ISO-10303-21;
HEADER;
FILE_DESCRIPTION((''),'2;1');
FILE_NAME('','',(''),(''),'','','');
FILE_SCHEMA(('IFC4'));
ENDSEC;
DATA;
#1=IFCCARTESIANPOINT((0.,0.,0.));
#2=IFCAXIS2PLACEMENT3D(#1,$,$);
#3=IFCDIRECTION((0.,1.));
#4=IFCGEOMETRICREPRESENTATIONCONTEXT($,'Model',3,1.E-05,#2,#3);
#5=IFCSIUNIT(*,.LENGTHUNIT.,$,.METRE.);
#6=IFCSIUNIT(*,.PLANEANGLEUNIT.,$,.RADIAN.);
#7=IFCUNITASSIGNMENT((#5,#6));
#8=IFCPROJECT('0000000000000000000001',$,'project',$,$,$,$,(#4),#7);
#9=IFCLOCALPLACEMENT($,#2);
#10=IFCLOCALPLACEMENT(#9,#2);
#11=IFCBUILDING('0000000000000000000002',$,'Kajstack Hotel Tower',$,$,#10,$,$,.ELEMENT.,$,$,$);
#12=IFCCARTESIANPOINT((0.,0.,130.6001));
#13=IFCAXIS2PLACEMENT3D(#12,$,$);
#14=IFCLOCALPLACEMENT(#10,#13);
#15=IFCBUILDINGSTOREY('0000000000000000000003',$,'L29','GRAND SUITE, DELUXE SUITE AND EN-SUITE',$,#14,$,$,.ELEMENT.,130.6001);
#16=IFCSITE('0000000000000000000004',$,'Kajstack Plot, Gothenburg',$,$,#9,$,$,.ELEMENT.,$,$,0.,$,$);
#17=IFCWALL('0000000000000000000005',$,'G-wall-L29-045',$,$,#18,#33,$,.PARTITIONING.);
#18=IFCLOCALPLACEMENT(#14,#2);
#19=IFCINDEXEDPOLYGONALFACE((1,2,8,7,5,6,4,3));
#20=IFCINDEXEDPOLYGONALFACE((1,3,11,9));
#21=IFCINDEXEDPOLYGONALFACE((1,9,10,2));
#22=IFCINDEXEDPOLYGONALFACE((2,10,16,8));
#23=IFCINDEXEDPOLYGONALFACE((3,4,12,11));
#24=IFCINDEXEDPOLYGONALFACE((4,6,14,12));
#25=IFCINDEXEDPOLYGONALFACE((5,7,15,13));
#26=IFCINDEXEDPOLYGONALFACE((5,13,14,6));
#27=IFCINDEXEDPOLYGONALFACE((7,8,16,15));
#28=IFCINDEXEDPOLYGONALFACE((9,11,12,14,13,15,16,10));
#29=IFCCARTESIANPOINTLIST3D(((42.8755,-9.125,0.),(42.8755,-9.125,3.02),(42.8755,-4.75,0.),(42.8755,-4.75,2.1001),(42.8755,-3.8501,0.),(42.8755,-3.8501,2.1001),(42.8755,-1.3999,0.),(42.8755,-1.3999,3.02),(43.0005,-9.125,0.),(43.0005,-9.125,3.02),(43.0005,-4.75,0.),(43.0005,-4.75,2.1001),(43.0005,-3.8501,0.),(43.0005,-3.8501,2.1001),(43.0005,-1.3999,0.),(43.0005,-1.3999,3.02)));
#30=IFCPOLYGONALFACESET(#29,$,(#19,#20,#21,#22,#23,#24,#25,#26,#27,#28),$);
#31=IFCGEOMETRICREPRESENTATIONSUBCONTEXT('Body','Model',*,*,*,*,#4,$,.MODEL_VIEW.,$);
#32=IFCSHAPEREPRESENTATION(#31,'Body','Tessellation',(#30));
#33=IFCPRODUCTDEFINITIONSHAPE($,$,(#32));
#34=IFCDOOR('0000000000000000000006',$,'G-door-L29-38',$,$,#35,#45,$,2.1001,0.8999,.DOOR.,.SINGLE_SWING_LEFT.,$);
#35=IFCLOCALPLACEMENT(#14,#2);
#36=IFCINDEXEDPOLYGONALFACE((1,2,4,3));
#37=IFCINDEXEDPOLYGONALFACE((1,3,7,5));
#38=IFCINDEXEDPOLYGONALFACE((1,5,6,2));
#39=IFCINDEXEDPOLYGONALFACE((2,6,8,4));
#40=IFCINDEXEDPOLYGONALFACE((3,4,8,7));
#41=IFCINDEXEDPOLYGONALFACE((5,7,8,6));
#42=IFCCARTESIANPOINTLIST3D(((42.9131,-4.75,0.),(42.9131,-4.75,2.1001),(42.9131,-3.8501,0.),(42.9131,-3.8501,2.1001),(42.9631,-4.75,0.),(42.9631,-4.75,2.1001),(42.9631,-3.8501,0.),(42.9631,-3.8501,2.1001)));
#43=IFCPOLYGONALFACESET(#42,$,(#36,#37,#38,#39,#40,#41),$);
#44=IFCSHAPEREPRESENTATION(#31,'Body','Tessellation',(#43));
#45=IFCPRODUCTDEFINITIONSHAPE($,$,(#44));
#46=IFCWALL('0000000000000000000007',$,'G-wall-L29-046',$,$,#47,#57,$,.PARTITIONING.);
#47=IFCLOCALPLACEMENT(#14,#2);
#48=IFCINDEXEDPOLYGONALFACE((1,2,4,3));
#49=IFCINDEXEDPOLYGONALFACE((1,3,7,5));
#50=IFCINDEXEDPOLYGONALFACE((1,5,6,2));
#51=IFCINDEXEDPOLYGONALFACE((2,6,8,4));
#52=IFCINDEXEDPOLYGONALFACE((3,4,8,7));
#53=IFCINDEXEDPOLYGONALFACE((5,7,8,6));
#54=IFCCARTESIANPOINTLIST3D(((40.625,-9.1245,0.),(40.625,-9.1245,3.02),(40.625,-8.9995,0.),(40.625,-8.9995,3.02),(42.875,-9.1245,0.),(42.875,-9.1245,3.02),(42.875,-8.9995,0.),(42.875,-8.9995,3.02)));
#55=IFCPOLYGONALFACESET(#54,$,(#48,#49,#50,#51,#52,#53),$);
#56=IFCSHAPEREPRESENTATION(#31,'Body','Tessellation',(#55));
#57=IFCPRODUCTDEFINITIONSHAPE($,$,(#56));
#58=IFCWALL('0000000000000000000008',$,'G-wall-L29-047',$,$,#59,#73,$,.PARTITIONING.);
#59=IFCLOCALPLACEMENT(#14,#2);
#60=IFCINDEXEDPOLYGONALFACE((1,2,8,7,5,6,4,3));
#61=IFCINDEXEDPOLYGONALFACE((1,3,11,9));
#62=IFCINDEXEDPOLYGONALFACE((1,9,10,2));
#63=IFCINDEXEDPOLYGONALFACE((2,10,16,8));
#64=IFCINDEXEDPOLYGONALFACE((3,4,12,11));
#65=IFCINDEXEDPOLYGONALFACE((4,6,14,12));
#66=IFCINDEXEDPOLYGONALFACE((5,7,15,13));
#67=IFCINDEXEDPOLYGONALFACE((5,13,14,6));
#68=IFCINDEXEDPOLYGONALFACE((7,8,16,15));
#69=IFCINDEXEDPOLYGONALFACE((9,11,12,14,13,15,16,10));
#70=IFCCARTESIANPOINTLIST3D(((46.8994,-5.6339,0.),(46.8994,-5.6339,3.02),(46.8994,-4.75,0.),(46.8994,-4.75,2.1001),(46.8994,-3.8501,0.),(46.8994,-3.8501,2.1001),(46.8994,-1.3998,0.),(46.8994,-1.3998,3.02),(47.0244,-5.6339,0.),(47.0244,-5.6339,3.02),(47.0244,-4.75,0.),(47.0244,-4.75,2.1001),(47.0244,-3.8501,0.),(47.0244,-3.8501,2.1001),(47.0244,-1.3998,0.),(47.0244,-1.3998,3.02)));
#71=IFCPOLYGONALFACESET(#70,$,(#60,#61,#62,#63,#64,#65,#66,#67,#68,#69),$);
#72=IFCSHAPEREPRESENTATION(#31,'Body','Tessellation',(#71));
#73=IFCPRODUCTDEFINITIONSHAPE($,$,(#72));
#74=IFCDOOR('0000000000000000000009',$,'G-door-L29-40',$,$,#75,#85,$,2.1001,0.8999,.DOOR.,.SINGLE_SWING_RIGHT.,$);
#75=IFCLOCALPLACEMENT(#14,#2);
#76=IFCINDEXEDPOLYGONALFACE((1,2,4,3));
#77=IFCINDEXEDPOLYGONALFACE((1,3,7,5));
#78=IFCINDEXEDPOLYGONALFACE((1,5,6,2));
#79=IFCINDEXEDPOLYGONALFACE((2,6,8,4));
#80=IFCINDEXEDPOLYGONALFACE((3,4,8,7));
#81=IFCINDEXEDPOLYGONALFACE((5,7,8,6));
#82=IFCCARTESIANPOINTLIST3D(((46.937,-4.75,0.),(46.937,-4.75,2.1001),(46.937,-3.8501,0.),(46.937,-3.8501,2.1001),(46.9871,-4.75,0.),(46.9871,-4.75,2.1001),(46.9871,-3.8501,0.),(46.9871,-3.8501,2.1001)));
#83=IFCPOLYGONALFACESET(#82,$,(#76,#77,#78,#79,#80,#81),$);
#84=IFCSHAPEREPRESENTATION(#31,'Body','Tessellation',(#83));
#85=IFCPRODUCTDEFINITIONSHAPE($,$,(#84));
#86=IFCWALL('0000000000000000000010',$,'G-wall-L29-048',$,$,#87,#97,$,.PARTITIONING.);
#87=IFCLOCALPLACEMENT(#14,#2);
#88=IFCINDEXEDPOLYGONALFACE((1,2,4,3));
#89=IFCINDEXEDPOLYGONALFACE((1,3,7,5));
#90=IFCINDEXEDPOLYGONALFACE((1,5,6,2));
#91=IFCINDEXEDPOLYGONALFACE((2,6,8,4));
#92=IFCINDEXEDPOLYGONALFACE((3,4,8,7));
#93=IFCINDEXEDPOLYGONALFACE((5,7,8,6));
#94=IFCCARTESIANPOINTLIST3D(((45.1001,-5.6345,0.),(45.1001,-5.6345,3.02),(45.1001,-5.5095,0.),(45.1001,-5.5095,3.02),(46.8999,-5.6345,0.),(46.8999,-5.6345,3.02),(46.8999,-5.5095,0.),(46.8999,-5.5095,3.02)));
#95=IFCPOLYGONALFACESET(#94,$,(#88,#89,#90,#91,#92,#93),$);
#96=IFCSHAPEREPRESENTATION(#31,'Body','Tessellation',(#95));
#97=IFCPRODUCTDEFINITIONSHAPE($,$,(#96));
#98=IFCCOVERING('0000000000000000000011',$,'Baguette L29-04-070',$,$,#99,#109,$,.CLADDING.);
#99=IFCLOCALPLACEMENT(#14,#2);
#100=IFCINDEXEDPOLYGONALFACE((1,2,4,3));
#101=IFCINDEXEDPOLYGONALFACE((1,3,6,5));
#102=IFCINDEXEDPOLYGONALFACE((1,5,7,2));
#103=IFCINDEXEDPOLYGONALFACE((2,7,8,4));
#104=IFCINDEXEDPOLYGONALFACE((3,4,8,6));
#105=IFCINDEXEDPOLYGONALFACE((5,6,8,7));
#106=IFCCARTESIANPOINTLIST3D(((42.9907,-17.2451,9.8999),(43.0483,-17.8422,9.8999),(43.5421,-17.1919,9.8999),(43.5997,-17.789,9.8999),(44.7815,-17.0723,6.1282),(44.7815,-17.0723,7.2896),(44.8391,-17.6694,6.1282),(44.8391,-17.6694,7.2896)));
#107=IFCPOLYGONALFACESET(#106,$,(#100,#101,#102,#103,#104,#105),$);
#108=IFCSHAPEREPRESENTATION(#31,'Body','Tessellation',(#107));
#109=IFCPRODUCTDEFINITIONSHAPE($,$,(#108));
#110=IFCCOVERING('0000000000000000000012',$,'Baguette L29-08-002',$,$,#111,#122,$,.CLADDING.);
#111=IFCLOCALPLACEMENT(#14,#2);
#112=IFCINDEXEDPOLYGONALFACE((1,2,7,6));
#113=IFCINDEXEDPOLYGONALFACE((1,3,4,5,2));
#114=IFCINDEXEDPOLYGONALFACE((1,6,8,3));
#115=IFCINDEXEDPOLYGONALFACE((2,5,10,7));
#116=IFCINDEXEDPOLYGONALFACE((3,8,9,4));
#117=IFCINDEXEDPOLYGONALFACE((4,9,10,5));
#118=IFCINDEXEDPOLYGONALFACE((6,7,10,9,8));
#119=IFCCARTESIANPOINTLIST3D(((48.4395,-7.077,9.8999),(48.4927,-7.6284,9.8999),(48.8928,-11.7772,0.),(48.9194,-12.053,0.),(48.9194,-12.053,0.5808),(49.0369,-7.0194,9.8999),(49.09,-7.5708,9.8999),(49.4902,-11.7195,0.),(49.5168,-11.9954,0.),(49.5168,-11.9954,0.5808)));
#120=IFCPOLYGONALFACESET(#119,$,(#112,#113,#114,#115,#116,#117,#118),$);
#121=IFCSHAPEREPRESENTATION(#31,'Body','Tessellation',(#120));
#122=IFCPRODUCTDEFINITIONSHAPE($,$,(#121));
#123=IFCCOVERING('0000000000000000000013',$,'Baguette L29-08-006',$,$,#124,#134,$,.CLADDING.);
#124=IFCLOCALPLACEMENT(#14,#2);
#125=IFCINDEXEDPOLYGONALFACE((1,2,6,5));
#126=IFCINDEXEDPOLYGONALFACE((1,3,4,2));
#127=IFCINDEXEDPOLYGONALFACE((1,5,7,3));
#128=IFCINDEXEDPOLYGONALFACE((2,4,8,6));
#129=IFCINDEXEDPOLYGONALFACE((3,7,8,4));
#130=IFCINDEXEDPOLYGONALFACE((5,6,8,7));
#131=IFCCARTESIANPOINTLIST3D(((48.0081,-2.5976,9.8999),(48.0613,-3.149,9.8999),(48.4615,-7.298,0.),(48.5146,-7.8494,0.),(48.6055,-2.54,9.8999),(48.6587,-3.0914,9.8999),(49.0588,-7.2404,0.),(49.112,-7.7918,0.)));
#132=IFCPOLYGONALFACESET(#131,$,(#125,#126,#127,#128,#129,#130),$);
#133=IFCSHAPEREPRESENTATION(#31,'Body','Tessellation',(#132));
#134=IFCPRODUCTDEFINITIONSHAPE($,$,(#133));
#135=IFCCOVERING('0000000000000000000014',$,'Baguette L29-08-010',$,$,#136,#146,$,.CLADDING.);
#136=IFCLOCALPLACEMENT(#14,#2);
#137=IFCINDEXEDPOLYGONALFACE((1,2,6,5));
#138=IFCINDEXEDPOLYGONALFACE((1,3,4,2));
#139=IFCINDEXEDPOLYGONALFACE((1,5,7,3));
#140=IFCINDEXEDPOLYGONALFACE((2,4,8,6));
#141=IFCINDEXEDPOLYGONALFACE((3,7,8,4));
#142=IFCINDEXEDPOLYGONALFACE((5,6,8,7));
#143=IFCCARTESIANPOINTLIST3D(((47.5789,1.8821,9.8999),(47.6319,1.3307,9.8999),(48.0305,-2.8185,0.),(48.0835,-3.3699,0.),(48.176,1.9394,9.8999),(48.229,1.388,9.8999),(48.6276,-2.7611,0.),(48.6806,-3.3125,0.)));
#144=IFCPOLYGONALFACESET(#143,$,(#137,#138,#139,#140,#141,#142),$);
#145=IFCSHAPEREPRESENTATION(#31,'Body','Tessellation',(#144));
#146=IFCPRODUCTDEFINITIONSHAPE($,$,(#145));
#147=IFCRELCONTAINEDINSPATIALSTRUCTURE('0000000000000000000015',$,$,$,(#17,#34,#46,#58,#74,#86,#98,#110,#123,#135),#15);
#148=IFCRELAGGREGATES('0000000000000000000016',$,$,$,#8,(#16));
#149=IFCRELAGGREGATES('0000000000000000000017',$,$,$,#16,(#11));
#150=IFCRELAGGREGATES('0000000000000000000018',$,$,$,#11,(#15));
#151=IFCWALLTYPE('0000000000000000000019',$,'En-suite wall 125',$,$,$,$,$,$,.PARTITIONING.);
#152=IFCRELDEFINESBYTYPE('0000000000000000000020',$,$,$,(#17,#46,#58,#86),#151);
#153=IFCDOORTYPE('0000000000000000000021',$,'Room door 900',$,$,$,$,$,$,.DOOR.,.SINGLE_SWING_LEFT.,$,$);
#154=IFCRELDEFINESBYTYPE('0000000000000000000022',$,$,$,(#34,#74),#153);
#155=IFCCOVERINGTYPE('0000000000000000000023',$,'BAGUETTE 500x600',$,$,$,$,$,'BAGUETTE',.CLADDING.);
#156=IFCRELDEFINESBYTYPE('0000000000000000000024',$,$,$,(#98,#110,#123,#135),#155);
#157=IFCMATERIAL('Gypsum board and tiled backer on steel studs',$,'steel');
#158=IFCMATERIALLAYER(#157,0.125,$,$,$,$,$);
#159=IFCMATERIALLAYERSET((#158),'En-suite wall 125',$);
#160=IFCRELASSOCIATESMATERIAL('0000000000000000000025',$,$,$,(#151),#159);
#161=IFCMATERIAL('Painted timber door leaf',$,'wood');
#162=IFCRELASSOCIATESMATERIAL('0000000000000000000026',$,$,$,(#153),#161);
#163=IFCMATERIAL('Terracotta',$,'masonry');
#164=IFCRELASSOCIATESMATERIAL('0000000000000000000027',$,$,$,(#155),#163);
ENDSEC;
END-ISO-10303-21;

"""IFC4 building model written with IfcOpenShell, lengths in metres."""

from ifc_helpers import new_model, si_unit, direction, frame, frame_2d, origin, origin_2d, place, context, subcontext, project, spatial, polyline, rectangle, outline, extrude, material, layer, layer_set, material_profile, profile_set, type_object, element, fill, save


model = new_model("IFC4")

# Units and contexts
model_context = context("Model", 3, precision=1e-05, world=origin(), true_north=direction((0.0, 1.0)))
body_context = subcontext(model_context, "Body", "Model", "MODEL_VIEW")
ifc_project = project(units=[si_unit("LENGTHUNIT", "METRE"), si_unit("PLANEANGLEUNIT", "RADIAN")], contexts=[model_context])

# Site, building, storey
site_placement = place(None, origin())
site = spatial("IfcSite", under=ifc_project, at=site_placement, Name="Kajstack Plot, Gothenburg", CompositionType="ELEMENT", RefElevation=0.0)
building_placement = place(site_placement, origin())
building = spatial("IfcBuilding", under=site, at=building_placement, Name="Kajstack Hotel Tower", CompositionType="ELEMENT")
storey_placement = place(building_placement, frame((0.0, 0.0, 130.6001)))
storey = spatial("IfcBuildingStorey", under=building, at=storey_placement, Name="L29", Description="GRAND SUITE, DELUXE SUITE AND EN-SUITE", CompositionType="ELEMENT", Elevation=130.6001)

# Wall, opening, door
ifc_material_1 = material(Name="Gypsum board and tiled backer on steel studs", Category="steel")
ifc_layer_1 = layer(ifc_material_1, 0.125)
ifc_layer_set_1 = layer_set([ifc_layer_1], Name="En-suite wall 125")
wall_type_1 = type_object("IfcWallType", Name="En-suite wall 125", PredefinedType="PARTITIONING", material=ifc_layer_set_1)
wall_1_placement = place(storey_placement, frame((42.938, -9.125, 0.0), z_axis=(0.0, 0.0, 1.0), x_axis=(0.0, 1.0, 0.0)))
wall_1 = element("IfcWall", 1, at=wall_1_placement, inside=storey, type_object=wall_type_1, Name="G-wall-L29-045", PredefinedType="PARTITIONING", context=body_context, shape_type="SweptSolid", body=[
    extrude(rectangle(XDim=7.7251, YDim=0.125, at=frame_2d((3.8625, 0.0))), origin(), (0.0, 0.0, 1.0), 3.02),
])
opening_1_placement = place(wall_1_placement, frame((4.375, 0.0, 0.0)))
opening_1 = element("IfcOpeningElement", 2, at=opening_1_placement, cuts=wall_1, PredefinedType="OPENING", context=body_context, shape_type="SweptSolid", body=[
    extrude(rectangle(XDim=0.8999, YDim=2.1001, at=frame_2d((0.45, 1.05))), frame((0.0, 0.0725, 0.0), z_axis=(0.0, -1.0, 0.0), x_axis=(1.0, 0.0, 0.0)), (0.0, 0.0, 1.0), 0.145),
])
ifc_material_2 = material(Name="Painted timber door leaf", Category="wood")
door_type = type_object("IfcDoorType", Name="Room door 900", OperationType="SINGLE_SWING_LEFT", PredefinedType="DOOR", material=ifc_material_2)
door_1_placement = place(opening_1_placement, origin())
door_1 = element("IfcDoor", 3, at=door_1_placement, inside=storey, type_object=door_type, Name="G-door-L29-38", OperationType="SINGLE_SWING_LEFT", OverallHeight=2.1001, OverallWidth=0.8999, PredefinedType="DOOR", context=body_context, shape_type="SweptSolid", body=[
    extrude(rectangle(XDim=0.8999, YDim=2.1001, at=frame_2d((0.45, 1.05))), frame((0.0, 0.0249, 0.0), z_axis=(0.0, -1.0, 0.0), x_axis=(1.0, 0.0, 0.0)), (0.0, 0.0, 1.0), 0.05),
])
fill(opening_1, door_1)

# Wall
wall_2_placement = place(storey_placement, frame((40.625, -9.062, 0.0), z_axis=(0.0, 0.0, 1.0), x_axis=(1.0, 0.0, 0.0)))
element("IfcWall", 4, at=wall_2_placement, inside=storey, type_object=wall_type_1, Name="G-wall-L29-046", PredefinedType="PARTITIONING", context=body_context, shape_type="SweptSolid", body=[
    extrude(rectangle(XDim=2.25, YDim=0.125, at=frame_2d((1.125, 0.0))), origin(), (0.0, 0.0, 1.0), 3.02),
])

# Wall, opening, door
wall_3_placement = place(storey_placement, frame((46.9619, -5.634, 0.0), z_axis=(0.0, 0.0, 1.0), x_axis=(0.0, 1.0, 0.0)))
wall_3 = element("IfcWall", 5, at=wall_3_placement, inside=storey, type_object=wall_type_1, Name="G-wall-L29-047", PredefinedType="PARTITIONING", context=body_context, shape_type="SweptSolid", body=[
    extrude(rectangle(XDim=4.2341, YDim=0.125, at=frame_2d((2.1172, 0.0))), origin(), (0.0, 0.0, 1.0), 3.02),
])
opening_2_placement = place(wall_3_placement, frame((0.884, 0.0, 0.0)))
opening_2 = element("IfcOpeningElement", 6, at=opening_2_placement, cuts=wall_3, PredefinedType="OPENING", context=body_context, shape_type="SweptSolid", body=[
    extrude(rectangle(XDim=0.8999, YDim=2.1001, at=frame_2d((0.45, 1.05))), frame((0.0, 0.0725, 0.0), z_axis=(0.0, -1.0, 0.0), x_axis=(1.0, 0.0, 0.0)), (0.0, 0.0, 1.0), 0.145),
])
door_2_placement = place(opening_2_placement, origin())
door_2 = element("IfcDoor", 7, at=door_2_placement, inside=storey, type_object=door_type, Name="G-door-L29-40", OperationType="SINGLE_SWING_RIGHT", OverallHeight=2.1001, OverallWidth=0.8999, PredefinedType="DOOR", context=body_context, shape_type="SweptSolid", body=[
    extrude(rectangle(XDim=0.8999, YDim=2.1001, at=frame_2d((0.45, 1.05))), frame((0.0, 0.0249, 0.0), z_axis=(0.0, -1.0, 0.0), x_axis=(1.0, 0.0, 0.0)), (0.0, 0.0, 1.0), 0.05),
])
fill(opening_2, door_2)

# Wall
wall_4_placement = place(storey_placement, frame((45.1001, -5.572, 0.0), z_axis=(0.0, 0.0, 1.0), x_axis=(1.0, 0.0, 0.0)))
element("IfcWall", 8, at=wall_4_placement, inside=storey, type_object=wall_type_1, Name="G-wall-L29-048", PredefinedType="PARTITIONING", context=body_context, shape_type="SweptSolid", body=[
    extrude(rectangle(XDim=1.7998, YDim=0.125, at=frame_2d((0.8999, 0.0))), origin(), (0.0, 0.0, 1.0), 3.02),
])

# Coverings
ifc_material_3 = material(Name="Terracotta", Category="masonry")
ifc_material_profile = material_profile(ifc_material_3, rectangle(XDim=0.6001, YDim=0.5, at=origin_2d()), Name="Terracotta-clad concrete baguette 500 x 600")
ifc_profile_set = profile_set([ifc_material_profile], Name="Terracotta")
covering_type = type_object("IfcCoveringType", Name="BAGUETTE 500x600", ElementType="BAGUETTE", PredefinedType="CLADDING", material=ifc_profile_set)
covering_1_placement = place(storey_placement, frame((42.9907, -17.2451, 0.0), z_axis=(0.096038, -0.995378, 0.0), x_axis=(0.995378, 0.096038, 0.0)))
element("IfcCovering", 9, at=covering_1_placement, inside=storey, type_object=covering_type, Name="Baguette L29-04-070", PredefinedType="CLADDING", context=body_context, shape_type="SweptSolid", body=[
    extrude(outline(polyline([(0.0, 9.8999), (1.7991, 6.1282), (1.7991, 7.2896), (0.554, 9.8999), (0.0, 9.8999)])), origin(), (0.0, 0.0, 1.0), 0.5999),
])
covering_2_placement = place(storey_placement, frame((48.9194, -12.053, 0.0), z_axis=(0.995381, 0.095999, 0.0), x_axis=(-0.095999, 0.995381, 0.0)))
element("IfcCovering", 10, at=covering_2_placement, inside=storey, type_object=covering_type, Name="Baguette L29-08-002", PredefinedType="CLADDING", context=body_context, shape_type="SweptSolid", body=[
    extrude(outline(polyline([(4.4451, 9.8999), (0.0, 0.5808), (0.0, 0.0), (0.2771, 0.0), (4.999, 9.8999), (4.4451, 9.8999)])), origin(), (0.0, 0.0, 1.0), 0.6001),
])
covering_3_placement = place(storey_placement, frame((48.5146, -7.8494, 0.0), z_axis=(0.995381, 0.095999, 0.0), x_axis=(-0.095999, 0.995381, 0.0)))
element("IfcCovering", 11, at=covering_3_placement, inside=storey, type_object=covering_type, Name="Baguette L29-08-006", PredefinedType="CLADDING", context=body_context, shape_type="SweptSolid", body=[
    extrude(outline(polyline([(4.7222, 9.8999), (0.0, 0.0), (0.554, 0.0), (5.2761, 9.8999), (4.7222, 9.8999)])), origin(), (0.0, 0.0, 1.0), 0.6001),
])
covering_4_placement = place(storey_placement, frame((48.0835, -3.3699, 0.0), z_axis=(0.995416, 0.095635, 0.0), x_axis=(-0.095635, 0.995416, 0.0)))
element("IfcCovering", 12, at=covering_4_placement, inside=storey, type_object=covering_type, Name="Baguette L29-08-010", PredefinedType="CLADDING", context=body_context, shape_type="SweptSolid", body=[
    extrude(outline(polyline([(4.7222, 9.8999), (0.0, 0.0), (0.554, 0.0), (5.2761, 9.8999), (4.7222, 9.8999)])), origin(), (0.0, 0.0, 1.0), 0.5999),
])

save(model, "model.ifc")
